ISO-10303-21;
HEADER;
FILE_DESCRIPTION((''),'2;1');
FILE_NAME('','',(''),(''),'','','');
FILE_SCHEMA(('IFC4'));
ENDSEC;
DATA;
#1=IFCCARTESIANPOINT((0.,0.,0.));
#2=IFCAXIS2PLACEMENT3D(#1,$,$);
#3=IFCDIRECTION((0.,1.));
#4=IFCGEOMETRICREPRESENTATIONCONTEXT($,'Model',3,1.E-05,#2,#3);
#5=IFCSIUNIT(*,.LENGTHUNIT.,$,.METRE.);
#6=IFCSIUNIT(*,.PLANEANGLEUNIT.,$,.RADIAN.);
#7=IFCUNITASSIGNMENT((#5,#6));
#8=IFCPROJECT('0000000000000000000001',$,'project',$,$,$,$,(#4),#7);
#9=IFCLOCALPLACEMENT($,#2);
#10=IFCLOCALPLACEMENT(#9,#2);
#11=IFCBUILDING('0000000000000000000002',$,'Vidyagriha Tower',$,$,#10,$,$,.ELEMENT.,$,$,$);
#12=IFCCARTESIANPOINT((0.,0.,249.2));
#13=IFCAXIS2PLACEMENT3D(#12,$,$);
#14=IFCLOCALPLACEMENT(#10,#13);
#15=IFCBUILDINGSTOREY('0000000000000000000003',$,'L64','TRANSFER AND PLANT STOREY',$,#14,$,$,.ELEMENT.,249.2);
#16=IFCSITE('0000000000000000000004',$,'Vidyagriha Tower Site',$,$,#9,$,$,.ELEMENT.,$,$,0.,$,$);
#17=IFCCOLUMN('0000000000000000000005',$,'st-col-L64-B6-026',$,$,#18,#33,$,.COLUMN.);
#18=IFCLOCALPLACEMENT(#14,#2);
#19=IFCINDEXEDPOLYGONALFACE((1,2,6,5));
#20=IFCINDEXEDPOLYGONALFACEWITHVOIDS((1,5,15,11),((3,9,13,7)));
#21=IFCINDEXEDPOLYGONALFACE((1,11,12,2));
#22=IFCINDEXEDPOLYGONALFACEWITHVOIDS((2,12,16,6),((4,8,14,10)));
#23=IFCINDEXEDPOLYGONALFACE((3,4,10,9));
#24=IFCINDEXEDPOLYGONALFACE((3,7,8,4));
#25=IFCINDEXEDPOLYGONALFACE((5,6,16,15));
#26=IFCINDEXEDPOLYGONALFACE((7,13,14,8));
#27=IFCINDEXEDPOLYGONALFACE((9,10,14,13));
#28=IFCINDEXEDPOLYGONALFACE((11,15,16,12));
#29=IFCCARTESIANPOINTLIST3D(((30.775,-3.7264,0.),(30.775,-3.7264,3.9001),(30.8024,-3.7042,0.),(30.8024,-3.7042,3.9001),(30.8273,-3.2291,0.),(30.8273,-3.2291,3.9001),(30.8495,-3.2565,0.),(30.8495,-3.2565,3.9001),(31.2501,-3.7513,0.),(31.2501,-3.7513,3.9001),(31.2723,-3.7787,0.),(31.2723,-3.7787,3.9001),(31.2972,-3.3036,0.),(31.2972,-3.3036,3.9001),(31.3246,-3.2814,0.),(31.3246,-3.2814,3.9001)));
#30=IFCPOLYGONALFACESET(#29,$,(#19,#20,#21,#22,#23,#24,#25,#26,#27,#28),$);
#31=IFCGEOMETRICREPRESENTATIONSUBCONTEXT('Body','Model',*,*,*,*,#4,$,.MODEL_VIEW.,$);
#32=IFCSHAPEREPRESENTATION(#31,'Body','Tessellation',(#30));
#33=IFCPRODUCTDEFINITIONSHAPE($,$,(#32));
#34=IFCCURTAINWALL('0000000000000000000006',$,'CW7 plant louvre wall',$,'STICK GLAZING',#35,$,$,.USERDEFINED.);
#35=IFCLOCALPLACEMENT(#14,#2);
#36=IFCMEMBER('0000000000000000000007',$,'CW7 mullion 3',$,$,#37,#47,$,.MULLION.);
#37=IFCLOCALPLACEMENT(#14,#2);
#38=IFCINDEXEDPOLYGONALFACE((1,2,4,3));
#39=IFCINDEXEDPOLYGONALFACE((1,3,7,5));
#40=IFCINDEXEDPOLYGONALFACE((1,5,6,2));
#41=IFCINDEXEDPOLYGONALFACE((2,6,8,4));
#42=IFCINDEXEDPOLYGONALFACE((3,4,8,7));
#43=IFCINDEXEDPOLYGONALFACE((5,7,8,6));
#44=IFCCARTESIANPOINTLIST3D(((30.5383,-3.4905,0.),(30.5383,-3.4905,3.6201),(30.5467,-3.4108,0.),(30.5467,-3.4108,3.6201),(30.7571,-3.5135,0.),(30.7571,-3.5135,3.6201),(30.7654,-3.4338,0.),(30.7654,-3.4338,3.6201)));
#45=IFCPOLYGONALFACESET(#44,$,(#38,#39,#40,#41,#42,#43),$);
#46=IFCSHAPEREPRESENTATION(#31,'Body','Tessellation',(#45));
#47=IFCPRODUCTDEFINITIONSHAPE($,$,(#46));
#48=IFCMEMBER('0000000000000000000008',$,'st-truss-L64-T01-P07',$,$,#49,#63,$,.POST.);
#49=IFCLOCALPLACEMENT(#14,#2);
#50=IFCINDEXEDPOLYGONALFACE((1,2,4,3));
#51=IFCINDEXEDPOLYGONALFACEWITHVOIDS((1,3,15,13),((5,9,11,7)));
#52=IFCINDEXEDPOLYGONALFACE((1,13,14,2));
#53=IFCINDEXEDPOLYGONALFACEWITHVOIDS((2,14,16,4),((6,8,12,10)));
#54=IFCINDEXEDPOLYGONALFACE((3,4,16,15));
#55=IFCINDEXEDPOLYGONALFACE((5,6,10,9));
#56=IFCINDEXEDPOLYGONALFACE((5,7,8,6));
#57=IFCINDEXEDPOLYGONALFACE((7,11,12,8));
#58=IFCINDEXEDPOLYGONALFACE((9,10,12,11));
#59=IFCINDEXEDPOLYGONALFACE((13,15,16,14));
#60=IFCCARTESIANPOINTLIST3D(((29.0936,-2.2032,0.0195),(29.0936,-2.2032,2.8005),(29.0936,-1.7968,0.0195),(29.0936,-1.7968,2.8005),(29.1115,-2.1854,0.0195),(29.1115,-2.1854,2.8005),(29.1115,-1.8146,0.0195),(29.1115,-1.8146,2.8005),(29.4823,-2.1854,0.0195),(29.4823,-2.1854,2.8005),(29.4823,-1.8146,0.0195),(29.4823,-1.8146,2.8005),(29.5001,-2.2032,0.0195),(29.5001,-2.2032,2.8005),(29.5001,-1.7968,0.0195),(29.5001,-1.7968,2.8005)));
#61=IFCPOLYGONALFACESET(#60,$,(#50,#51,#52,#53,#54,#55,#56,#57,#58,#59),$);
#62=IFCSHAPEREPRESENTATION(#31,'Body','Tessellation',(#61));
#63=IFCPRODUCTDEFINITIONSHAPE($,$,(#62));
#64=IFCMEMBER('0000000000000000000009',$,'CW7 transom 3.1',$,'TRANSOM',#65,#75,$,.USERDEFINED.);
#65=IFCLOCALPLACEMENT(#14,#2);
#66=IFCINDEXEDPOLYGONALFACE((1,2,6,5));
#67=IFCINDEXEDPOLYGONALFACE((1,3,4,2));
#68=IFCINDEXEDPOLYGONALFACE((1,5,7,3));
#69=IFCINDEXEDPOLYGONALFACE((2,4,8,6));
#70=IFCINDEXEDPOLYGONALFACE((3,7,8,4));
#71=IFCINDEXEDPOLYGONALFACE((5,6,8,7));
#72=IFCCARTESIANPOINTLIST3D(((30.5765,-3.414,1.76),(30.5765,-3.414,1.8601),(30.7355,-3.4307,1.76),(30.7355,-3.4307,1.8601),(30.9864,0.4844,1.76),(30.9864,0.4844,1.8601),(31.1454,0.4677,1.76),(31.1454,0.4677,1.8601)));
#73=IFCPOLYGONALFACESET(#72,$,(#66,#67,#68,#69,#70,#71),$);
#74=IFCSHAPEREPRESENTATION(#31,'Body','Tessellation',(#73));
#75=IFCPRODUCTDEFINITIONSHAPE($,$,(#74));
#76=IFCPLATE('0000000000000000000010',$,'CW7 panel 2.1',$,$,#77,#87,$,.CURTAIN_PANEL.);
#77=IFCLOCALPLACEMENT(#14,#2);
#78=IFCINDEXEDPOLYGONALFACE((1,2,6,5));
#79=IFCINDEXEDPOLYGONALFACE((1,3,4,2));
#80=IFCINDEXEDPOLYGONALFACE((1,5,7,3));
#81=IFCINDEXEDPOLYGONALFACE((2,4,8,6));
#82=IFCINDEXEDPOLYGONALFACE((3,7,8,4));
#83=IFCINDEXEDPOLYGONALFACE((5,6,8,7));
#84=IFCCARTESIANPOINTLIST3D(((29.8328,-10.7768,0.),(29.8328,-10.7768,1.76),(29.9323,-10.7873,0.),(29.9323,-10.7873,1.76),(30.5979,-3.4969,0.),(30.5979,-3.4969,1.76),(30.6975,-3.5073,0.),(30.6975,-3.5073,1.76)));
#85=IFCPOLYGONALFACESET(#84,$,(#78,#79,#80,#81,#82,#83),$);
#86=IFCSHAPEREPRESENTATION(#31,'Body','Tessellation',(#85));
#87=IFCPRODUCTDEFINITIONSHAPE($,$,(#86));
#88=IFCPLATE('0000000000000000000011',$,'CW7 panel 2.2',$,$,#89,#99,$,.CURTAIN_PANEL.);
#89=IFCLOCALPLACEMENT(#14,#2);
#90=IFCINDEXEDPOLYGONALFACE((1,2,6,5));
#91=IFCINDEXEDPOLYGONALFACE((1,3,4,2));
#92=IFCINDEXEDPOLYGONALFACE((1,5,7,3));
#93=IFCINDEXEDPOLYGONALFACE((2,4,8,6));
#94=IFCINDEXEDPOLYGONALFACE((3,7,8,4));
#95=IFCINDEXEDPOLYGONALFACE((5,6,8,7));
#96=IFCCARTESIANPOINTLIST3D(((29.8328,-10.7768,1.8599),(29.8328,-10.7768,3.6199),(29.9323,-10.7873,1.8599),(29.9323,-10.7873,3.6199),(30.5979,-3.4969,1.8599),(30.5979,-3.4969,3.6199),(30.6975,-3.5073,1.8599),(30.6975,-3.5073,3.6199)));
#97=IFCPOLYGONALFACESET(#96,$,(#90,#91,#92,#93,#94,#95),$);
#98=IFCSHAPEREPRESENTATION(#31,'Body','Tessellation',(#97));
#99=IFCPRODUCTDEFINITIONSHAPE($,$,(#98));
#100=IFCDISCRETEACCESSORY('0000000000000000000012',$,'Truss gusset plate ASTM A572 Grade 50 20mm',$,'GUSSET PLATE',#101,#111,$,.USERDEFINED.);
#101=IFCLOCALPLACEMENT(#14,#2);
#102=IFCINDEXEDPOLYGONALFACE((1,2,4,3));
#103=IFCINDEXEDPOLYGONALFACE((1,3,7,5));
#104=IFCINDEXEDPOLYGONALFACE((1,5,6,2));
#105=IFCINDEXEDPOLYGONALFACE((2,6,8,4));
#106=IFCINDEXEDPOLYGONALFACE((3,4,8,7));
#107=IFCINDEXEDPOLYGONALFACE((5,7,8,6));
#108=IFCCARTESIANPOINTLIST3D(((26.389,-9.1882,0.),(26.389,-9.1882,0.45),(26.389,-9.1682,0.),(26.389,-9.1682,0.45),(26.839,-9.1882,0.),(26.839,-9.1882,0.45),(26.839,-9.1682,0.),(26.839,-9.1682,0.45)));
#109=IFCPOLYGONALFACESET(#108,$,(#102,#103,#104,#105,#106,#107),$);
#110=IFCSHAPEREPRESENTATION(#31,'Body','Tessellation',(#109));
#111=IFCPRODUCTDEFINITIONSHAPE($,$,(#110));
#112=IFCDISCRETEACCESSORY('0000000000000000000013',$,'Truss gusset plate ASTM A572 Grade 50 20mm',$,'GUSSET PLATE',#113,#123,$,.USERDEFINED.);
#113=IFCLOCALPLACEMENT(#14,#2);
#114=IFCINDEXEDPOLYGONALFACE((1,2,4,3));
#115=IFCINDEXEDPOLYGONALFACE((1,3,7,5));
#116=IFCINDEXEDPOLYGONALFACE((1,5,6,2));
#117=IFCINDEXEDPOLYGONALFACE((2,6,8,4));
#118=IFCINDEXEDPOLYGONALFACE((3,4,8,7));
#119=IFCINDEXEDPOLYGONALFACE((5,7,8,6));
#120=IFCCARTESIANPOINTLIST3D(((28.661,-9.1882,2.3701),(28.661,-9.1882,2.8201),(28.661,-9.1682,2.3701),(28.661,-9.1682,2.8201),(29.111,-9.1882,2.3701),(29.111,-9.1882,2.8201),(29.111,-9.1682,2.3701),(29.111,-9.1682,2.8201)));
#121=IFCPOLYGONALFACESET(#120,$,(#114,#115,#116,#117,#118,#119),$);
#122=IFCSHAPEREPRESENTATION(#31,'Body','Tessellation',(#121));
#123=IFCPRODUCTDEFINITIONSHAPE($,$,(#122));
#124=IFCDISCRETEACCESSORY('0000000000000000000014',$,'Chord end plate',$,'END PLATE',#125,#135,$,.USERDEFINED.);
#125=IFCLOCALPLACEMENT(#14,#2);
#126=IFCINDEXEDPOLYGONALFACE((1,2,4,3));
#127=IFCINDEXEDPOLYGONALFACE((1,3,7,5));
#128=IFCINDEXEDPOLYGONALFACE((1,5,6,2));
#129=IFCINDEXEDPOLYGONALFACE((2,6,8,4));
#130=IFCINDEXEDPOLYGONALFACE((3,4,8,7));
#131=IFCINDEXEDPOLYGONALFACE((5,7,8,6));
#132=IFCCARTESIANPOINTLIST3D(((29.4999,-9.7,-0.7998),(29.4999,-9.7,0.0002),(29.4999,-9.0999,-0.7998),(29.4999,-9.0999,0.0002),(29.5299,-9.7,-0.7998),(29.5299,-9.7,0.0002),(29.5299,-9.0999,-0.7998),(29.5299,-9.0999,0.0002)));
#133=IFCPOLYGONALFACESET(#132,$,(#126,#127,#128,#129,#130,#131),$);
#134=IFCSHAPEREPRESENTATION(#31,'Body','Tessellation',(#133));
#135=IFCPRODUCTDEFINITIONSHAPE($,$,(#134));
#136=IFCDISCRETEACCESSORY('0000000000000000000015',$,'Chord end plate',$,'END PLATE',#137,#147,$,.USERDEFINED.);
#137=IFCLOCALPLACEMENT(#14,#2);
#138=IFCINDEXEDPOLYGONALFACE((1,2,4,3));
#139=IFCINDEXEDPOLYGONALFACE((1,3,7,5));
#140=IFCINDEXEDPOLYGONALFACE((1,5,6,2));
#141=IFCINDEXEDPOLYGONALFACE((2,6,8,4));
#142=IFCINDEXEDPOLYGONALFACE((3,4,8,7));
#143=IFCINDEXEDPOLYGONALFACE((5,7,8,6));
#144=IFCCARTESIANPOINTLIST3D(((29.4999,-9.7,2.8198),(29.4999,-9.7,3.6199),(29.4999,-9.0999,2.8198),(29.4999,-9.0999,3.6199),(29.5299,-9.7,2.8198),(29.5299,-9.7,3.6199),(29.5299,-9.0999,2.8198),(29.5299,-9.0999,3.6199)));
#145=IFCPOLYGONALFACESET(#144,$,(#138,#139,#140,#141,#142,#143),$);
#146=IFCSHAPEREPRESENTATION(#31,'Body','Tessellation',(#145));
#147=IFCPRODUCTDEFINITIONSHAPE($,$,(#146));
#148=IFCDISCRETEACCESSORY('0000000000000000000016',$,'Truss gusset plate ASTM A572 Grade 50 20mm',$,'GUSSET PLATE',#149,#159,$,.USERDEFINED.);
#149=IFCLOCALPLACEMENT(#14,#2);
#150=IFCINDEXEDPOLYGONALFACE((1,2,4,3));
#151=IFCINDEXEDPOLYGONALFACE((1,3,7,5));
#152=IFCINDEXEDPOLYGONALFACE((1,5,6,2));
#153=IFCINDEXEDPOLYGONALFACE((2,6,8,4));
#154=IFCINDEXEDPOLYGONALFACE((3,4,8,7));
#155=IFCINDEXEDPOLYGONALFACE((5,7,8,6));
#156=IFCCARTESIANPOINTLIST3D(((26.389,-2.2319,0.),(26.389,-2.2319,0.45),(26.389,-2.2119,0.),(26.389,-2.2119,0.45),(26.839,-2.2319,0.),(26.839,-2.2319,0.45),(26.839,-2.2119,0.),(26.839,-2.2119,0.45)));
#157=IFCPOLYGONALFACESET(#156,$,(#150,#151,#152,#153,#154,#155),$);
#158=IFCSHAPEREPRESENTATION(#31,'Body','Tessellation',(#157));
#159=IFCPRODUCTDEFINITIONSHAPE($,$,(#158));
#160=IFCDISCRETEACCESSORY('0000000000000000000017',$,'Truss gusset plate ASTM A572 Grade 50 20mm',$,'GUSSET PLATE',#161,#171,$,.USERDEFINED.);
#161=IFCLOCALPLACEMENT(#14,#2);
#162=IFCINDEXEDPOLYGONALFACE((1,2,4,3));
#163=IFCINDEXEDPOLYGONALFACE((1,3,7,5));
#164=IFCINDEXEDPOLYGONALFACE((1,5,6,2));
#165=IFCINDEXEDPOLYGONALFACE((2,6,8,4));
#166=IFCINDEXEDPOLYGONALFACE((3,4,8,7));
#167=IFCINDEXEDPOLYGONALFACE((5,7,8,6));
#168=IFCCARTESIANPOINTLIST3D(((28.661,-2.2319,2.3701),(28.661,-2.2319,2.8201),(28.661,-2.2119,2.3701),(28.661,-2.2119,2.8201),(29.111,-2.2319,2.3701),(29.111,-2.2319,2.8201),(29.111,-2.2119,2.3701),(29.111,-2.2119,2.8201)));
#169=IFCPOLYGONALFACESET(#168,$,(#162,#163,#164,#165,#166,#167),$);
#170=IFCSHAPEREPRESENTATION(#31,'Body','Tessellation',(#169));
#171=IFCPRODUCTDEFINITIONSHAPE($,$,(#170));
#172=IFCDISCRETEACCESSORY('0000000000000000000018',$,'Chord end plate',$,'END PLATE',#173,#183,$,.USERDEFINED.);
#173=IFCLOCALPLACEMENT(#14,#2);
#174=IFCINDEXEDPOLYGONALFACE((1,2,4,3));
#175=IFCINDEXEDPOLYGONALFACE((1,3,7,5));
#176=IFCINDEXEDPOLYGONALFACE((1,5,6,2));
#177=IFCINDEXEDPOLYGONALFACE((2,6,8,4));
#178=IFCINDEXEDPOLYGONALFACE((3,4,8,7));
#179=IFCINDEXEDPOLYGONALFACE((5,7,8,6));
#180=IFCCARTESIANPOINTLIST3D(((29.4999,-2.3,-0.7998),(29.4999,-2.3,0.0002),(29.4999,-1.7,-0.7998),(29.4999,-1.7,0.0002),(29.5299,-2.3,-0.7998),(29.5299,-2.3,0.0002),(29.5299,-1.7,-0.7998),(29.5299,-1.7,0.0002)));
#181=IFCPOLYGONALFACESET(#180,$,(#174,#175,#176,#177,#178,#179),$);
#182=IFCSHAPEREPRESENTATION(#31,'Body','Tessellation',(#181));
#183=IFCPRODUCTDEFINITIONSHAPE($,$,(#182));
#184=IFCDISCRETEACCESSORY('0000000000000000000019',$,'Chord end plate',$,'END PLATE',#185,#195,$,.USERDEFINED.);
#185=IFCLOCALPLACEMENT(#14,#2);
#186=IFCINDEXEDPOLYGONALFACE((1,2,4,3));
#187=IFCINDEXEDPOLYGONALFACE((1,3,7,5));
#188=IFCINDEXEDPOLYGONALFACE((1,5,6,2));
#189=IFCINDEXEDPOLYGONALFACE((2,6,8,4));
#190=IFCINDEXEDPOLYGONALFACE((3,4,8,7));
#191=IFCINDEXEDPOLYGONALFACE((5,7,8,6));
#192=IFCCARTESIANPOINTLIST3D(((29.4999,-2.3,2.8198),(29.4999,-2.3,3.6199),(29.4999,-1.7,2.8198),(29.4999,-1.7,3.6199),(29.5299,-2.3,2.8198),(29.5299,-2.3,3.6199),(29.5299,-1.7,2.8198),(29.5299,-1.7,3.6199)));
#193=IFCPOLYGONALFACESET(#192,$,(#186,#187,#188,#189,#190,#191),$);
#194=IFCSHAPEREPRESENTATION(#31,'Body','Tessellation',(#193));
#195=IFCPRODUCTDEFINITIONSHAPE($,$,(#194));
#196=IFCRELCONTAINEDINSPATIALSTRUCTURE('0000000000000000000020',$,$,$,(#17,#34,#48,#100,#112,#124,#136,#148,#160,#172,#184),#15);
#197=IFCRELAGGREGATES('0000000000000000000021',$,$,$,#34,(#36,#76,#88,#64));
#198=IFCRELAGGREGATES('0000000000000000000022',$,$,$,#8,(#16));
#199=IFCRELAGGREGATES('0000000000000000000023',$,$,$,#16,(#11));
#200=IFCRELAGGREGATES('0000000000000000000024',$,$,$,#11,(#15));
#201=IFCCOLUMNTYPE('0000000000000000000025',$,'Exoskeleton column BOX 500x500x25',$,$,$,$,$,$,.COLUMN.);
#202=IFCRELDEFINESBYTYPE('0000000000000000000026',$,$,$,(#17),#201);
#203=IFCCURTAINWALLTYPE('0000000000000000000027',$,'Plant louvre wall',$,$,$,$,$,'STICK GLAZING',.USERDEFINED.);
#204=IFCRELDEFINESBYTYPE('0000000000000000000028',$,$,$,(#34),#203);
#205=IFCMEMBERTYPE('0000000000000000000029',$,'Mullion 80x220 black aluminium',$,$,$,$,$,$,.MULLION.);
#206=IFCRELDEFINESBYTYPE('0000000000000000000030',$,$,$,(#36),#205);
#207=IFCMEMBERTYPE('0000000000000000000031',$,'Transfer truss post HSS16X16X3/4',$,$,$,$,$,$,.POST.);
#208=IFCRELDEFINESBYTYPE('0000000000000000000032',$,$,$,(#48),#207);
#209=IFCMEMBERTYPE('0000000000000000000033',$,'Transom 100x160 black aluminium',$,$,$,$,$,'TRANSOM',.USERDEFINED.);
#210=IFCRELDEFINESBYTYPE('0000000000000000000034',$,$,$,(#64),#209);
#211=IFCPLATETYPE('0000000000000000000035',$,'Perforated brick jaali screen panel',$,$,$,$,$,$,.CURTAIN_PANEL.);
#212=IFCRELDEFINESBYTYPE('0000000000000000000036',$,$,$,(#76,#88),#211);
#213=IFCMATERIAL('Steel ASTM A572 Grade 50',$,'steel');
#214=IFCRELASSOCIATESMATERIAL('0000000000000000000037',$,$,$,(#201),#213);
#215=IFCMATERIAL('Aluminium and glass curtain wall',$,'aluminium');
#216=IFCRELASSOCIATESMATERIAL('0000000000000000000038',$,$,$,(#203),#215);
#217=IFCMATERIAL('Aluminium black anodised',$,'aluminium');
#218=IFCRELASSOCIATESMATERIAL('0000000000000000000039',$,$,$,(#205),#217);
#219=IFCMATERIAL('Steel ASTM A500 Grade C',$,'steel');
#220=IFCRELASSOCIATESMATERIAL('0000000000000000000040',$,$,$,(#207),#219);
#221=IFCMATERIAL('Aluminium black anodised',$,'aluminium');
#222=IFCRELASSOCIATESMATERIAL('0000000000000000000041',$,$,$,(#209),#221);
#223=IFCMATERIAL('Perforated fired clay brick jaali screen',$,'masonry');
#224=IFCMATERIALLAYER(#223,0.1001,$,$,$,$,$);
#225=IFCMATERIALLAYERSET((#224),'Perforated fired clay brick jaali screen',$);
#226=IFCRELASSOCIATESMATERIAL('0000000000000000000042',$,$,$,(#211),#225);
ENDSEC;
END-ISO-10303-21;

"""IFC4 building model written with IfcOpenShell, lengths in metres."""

from ifc_helpers import new_model, si_unit, direction, frame, origin, origin_2d, place, context, subcontext, project, spatial, rectangle, hollow_rectangle, extrude, material, layer, layer_set, material_profile, profile_set, type_object, element, aggregate, save


model = new_model("IFC4")

# Units and contexts
model_context = context("Model", 3, precision=1e-05, world=origin(), true_north=direction((0.0, 1.0)))
body_context = subcontext(model_context, "Body", "Model", "MODEL_VIEW")
ifc_project = project(units=[si_unit("LENGTHUNIT", "METRE"), si_unit("PLANEANGLEUNIT", "RADIAN")], contexts=[model_context])

# Site, building, storey
site_placement = place(None, origin())
site = spatial("IfcSite", under=ifc_project, at=site_placement, Name="Vidyagriha Tower Site", CompositionType="ELEMENT", RefElevation=0.0)
building_placement = place(site_placement, origin())
building = spatial("IfcBuilding", under=site, at=building_placement, Name="Vidyagriha Tower", CompositionType="ELEMENT")
storey_placement = place(building_placement, frame((0.0, 0.0, 249.2)))
storey = spatial("IfcBuildingStorey", under=building, at=storey_placement, Name="L64", Description="TRANSFER AND PLANT STOREY", CompositionType="ELEMENT", Elevation=249.2)

# Column
ifc_material_1 = material(Name="Steel ASTM A572 Grade 50", Category="steel")
ifc_material_profile_1 = material_profile(ifc_material_1, hollow_rectangle(XDim=0.5, YDim=0.5, WallThickness=0.0249, at=origin_2d()), Name="BOX 500x500x25")
ifc_profile_set_1 = profile_set([ifc_material_profile_1], Name="Steel ASTM A572 Grade 50")
column_type = type_object("IfcColumnType", Name="Exoskeleton column BOX 500x500x25", PredefinedType="COLUMN", material=ifc_profile_set_1)
column_placement = place(storey_placement, frame((31.0498, -3.5039, 0.0), z_axis=(0.0, 0.0, 1.0), x_axis=(0.994522, -0.104528, 0.0)))
element("IfcColumn", 1, at=column_placement, inside=storey, type_object=column_type, Name="st-col-L64-B6-026", PredefinedType="COLUMN", context=body_context, shape_type="SweptSolid", body=[
    extrude(hollow_rectangle(XDim=0.5, YDim=0.5, WallThickness=0.0249, at=origin_2d()), origin(), (0.0, 0.0, 1.0), 3.9001),
])

# Curtain wall, member
ifc_material_2 = material(Name="Aluminium and glass curtain wall", Category="aluminium")
curtain_wall_type = type_object("IfcCurtainWallType", Name="Plant louvre wall", ElementType="STICK GLAZING", PredefinedType="USERDEFINED", material=ifc_material_2)
curtain_wall_placement = place(storey_placement, origin())
curtain_wall = element("IfcCurtainWall", 2, at=curtain_wall_placement, inside=storey, type_object=curtain_wall_type, Name="CW7 plant louvre wall", ObjectType="STICK GLAZING", PredefinedType="USERDEFINED")
ifc_material_3 = material(Name="Aluminium black anodised", Category="aluminium")
ifc_material_profile_2 = material_profile(ifc_material_3, rectangle(XDim=0.22, YDim=0.0801, at=origin_2d()), Name="Mullion 80x220 black aluminium")
ifc_profile_set_2 = profile_set([ifc_material_profile_2], Name="Aluminium black anodised")
member_type_1 = type_object("IfcMemberType", Name="Mullion 80x220 black aluminium", PredefinedType="MULLION", material=ifc_profile_set_2)
member_1_placement = place(storey_placement, frame((30.6519, -3.4622, 0.0), z_axis=(0.0, 0.0, 1.0), x_axis=(-0.994522, 0.104527, 0.0)))
member_1 = element("IfcMember", 3, at=member_1_placement, type_object=member_type_1, Name="CW7 mullion 3", PredefinedType="MULLION", context=body_context, shape_type="SweptSolid", body=[
    extrude(rectangle(XDim=0.22, YDim=0.0801, at=origin_2d()), origin(), (0.0, 0.0, 1.0), 3.6201),
])

# Members
ifc_material_4 = material(Name="Steel ASTM A500 Grade C", Category="steel")
ifc_material_profile_3 = material_profile(ifc_material_4, hollow_rectangle(XDim=0.4065, YDim=0.4065, WallThickness=0.0178, at=origin_2d()), Name="HSS16X16X3/4")
ifc_profile_set_3 = profile_set([ifc_material_profile_3], Name="Steel ASTM A500 Grade C")
member_type_2 = type_object("IfcMemberType", Name="Transfer truss post HSS16X16X3/4", PredefinedType="POST", material=ifc_profile_set_3)
member_2_placement = place(storey_placement, frame((29.2969, -2.0, 0.0195)))
element("IfcMember", 4, at=member_2_placement, inside=storey, type_object=member_type_2, Name="st-truss-L64-T01-P07", PredefinedType="POST", context=body_context, shape_type="SweptSolid", body=[
    extrude(hollow_rectangle(XDim=0.4065, YDim=0.4065, WallThickness=0.0178, at=origin_2d()), origin(), (0.0, 0.0, 1.0), 2.781),
])
ifc_material_5 = material(Name="Aluminium black anodised", Category="aluminium")
ifc_material_profile_4 = material_profile(ifc_material_5, rectangle(XDim=0.1599, YDim=0.1001, at=origin_2d()), Name="Transom 100x160 black aluminium")
ifc_profile_set_4 = profile_set([ifc_material_profile_4], Name="Aluminium black anodised")
member_type_3 = type_object("IfcMemberType", Name="Transom 100x160 black aluminium", ElementType="TRANSOM", PredefinedType="USERDEFINED", material=ifc_profile_set_4)
member_3_placement = place(storey_placement, frame((30.656, -3.4224, 1.8101), z_axis=(0.104571, 0.994517, 0.0), x_axis=(-0.994517, 0.104571, 0.0)))
member_3 = element("IfcMember", 5, at=member_3_placement, type_object=member_type_3, Name="CW7 transom 3.1", ObjectType="TRANSOM", PredefinedType="USERDEFINED", context=body_context, shape_type="SweptSolid", body=[
    extrude(rectangle(XDim=0.1599, YDim=0.1001, at=origin_2d()), origin(), (0.0, 0.0, 1.0), 3.9199),
])

# Plates
ifc_material_6 = material(Name="Perforated fired clay brick jaali screen", Category="masonry")
ifc_layer = layer(ifc_material_6, 0.1001)
ifc_layer_set = layer_set([ifc_layer], Name="Perforated fired clay brick jaali screen")
plate_type = type_object("IfcPlateType", Name="Perforated brick jaali screen panel", PredefinedType="CURTAIN_PANEL", material=ifc_layer_set)
plate_1_placement = place(storey_placement, frame((30.2651, -7.1421, 0.0), z_axis=(0.0, 0.0, 1.0), x_axis=(0.104527, 0.994522, 0.0)))
plate_1 = element("IfcPlate", 6, at=plate_1_placement, type_object=plate_type, Name="CW7 panel 2.1", PredefinedType="CURTAIN_PANEL", context=body_context, shape_type="SweptSolid", body=[
    extrude(rectangle(XDim=7.3201, YDim=0.1001, at=origin_2d()), origin(), (0.0, 0.0, 1.0), 1.76),
])
plate_2_placement = place(storey_placement, frame((30.2651, -7.1421, 1.8599), z_axis=(0.0, 0.0, 1.0), x_axis=(0.104527, 0.994522, 0.0)))
plate_2 = element("IfcPlate", 7, at=plate_2_placement, type_object=plate_type, Name="CW7 panel 2.2", PredefinedType="CURTAIN_PANEL", context=body_context, shape_type="SweptSolid", body=[
    extrude(rectangle(XDim=7.3201, YDim=0.1001, at=origin_2d()), origin(), (0.0, 0.0, 1.0), 1.76),
])
aggregate(curtain_wall, [member_1, plate_1, plate_2, member_3])

# Discrete accessories
for number, where, name in (
    (8, (26.614, -9.1782, 0.0), "Truss gusset plate ASTM A572 Grade 50 20mm"),
    (9, (28.886, -9.1782, 2.3701), "Truss gusset plate ASTM A572 Grade 50 20mm"),
):
    element("IfcDiscreteAccessory", number, at=place(storey_placement, frame(where)), inside=storey, Name=name, ObjectType="GUSSET PLATE", PredefinedType="USERDEFINED", context=body_context, shape_type="SweptSolid", body=[
        extrude(rectangle(XDim=0.45, YDim=0.02, at=origin_2d()), origin(), (0.0, 0.0, 1.0), 0.45),
    ])
for number, where, name in (
    (10, (29.5149, -9.3999, -0.7998), "Chord end plate"),
    (11, (29.5149, -9.3999, 2.8198), "Chord end plate"),
):
    element("IfcDiscreteAccessory", number, at=place(storey_placement, frame(where)), inside=storey, Name=name, ObjectType="END PLATE", PredefinedType="USERDEFINED", context=body_context, shape_type="SweptSolid", body=[
        extrude(rectangle(XDim=0.03, YDim=0.6001, at=origin_2d()), origin(), (0.0, 0.0, 1.0), 0.8),
    ])
for number, where, name in (
    (12, (26.614, -2.2219, 0.0), "Truss gusset plate ASTM A572 Grade 50 20mm"),
    (13, (28.886, -2.2219, 2.3701), "Truss gusset plate ASTM A572 Grade 50 20mm"),
):
    element("IfcDiscreteAccessory", number, at=place(storey_placement, frame(where)), inside=storey, Name=name, ObjectType="GUSSET PLATE", PredefinedType="USERDEFINED", context=body_context, shape_type="SweptSolid", body=[
        extrude(rectangle(XDim=0.45, YDim=0.02, at=origin_2d()), origin(), (0.0, 0.0, 1.0), 0.45),
    ])
for number, where, name in (
    (14, (29.5149, -2.0, -0.7998), "Chord end plate"),
    (15, (29.5149, -2.0, 2.8198), "Chord end plate"),
):
    element("IfcDiscreteAccessory", number, at=place(storey_placement, frame(where)), inside=storey, Name=name, ObjectType="END PLATE", PredefinedType="USERDEFINED", context=body_context, shape_type="SweptSolid", body=[
        extrude(rectangle(XDim=0.03, YDim=0.6001, at=origin_2d()), origin(), (0.0, 0.0, 1.0), 0.8),
    ])

save(model, "model.ifc")
